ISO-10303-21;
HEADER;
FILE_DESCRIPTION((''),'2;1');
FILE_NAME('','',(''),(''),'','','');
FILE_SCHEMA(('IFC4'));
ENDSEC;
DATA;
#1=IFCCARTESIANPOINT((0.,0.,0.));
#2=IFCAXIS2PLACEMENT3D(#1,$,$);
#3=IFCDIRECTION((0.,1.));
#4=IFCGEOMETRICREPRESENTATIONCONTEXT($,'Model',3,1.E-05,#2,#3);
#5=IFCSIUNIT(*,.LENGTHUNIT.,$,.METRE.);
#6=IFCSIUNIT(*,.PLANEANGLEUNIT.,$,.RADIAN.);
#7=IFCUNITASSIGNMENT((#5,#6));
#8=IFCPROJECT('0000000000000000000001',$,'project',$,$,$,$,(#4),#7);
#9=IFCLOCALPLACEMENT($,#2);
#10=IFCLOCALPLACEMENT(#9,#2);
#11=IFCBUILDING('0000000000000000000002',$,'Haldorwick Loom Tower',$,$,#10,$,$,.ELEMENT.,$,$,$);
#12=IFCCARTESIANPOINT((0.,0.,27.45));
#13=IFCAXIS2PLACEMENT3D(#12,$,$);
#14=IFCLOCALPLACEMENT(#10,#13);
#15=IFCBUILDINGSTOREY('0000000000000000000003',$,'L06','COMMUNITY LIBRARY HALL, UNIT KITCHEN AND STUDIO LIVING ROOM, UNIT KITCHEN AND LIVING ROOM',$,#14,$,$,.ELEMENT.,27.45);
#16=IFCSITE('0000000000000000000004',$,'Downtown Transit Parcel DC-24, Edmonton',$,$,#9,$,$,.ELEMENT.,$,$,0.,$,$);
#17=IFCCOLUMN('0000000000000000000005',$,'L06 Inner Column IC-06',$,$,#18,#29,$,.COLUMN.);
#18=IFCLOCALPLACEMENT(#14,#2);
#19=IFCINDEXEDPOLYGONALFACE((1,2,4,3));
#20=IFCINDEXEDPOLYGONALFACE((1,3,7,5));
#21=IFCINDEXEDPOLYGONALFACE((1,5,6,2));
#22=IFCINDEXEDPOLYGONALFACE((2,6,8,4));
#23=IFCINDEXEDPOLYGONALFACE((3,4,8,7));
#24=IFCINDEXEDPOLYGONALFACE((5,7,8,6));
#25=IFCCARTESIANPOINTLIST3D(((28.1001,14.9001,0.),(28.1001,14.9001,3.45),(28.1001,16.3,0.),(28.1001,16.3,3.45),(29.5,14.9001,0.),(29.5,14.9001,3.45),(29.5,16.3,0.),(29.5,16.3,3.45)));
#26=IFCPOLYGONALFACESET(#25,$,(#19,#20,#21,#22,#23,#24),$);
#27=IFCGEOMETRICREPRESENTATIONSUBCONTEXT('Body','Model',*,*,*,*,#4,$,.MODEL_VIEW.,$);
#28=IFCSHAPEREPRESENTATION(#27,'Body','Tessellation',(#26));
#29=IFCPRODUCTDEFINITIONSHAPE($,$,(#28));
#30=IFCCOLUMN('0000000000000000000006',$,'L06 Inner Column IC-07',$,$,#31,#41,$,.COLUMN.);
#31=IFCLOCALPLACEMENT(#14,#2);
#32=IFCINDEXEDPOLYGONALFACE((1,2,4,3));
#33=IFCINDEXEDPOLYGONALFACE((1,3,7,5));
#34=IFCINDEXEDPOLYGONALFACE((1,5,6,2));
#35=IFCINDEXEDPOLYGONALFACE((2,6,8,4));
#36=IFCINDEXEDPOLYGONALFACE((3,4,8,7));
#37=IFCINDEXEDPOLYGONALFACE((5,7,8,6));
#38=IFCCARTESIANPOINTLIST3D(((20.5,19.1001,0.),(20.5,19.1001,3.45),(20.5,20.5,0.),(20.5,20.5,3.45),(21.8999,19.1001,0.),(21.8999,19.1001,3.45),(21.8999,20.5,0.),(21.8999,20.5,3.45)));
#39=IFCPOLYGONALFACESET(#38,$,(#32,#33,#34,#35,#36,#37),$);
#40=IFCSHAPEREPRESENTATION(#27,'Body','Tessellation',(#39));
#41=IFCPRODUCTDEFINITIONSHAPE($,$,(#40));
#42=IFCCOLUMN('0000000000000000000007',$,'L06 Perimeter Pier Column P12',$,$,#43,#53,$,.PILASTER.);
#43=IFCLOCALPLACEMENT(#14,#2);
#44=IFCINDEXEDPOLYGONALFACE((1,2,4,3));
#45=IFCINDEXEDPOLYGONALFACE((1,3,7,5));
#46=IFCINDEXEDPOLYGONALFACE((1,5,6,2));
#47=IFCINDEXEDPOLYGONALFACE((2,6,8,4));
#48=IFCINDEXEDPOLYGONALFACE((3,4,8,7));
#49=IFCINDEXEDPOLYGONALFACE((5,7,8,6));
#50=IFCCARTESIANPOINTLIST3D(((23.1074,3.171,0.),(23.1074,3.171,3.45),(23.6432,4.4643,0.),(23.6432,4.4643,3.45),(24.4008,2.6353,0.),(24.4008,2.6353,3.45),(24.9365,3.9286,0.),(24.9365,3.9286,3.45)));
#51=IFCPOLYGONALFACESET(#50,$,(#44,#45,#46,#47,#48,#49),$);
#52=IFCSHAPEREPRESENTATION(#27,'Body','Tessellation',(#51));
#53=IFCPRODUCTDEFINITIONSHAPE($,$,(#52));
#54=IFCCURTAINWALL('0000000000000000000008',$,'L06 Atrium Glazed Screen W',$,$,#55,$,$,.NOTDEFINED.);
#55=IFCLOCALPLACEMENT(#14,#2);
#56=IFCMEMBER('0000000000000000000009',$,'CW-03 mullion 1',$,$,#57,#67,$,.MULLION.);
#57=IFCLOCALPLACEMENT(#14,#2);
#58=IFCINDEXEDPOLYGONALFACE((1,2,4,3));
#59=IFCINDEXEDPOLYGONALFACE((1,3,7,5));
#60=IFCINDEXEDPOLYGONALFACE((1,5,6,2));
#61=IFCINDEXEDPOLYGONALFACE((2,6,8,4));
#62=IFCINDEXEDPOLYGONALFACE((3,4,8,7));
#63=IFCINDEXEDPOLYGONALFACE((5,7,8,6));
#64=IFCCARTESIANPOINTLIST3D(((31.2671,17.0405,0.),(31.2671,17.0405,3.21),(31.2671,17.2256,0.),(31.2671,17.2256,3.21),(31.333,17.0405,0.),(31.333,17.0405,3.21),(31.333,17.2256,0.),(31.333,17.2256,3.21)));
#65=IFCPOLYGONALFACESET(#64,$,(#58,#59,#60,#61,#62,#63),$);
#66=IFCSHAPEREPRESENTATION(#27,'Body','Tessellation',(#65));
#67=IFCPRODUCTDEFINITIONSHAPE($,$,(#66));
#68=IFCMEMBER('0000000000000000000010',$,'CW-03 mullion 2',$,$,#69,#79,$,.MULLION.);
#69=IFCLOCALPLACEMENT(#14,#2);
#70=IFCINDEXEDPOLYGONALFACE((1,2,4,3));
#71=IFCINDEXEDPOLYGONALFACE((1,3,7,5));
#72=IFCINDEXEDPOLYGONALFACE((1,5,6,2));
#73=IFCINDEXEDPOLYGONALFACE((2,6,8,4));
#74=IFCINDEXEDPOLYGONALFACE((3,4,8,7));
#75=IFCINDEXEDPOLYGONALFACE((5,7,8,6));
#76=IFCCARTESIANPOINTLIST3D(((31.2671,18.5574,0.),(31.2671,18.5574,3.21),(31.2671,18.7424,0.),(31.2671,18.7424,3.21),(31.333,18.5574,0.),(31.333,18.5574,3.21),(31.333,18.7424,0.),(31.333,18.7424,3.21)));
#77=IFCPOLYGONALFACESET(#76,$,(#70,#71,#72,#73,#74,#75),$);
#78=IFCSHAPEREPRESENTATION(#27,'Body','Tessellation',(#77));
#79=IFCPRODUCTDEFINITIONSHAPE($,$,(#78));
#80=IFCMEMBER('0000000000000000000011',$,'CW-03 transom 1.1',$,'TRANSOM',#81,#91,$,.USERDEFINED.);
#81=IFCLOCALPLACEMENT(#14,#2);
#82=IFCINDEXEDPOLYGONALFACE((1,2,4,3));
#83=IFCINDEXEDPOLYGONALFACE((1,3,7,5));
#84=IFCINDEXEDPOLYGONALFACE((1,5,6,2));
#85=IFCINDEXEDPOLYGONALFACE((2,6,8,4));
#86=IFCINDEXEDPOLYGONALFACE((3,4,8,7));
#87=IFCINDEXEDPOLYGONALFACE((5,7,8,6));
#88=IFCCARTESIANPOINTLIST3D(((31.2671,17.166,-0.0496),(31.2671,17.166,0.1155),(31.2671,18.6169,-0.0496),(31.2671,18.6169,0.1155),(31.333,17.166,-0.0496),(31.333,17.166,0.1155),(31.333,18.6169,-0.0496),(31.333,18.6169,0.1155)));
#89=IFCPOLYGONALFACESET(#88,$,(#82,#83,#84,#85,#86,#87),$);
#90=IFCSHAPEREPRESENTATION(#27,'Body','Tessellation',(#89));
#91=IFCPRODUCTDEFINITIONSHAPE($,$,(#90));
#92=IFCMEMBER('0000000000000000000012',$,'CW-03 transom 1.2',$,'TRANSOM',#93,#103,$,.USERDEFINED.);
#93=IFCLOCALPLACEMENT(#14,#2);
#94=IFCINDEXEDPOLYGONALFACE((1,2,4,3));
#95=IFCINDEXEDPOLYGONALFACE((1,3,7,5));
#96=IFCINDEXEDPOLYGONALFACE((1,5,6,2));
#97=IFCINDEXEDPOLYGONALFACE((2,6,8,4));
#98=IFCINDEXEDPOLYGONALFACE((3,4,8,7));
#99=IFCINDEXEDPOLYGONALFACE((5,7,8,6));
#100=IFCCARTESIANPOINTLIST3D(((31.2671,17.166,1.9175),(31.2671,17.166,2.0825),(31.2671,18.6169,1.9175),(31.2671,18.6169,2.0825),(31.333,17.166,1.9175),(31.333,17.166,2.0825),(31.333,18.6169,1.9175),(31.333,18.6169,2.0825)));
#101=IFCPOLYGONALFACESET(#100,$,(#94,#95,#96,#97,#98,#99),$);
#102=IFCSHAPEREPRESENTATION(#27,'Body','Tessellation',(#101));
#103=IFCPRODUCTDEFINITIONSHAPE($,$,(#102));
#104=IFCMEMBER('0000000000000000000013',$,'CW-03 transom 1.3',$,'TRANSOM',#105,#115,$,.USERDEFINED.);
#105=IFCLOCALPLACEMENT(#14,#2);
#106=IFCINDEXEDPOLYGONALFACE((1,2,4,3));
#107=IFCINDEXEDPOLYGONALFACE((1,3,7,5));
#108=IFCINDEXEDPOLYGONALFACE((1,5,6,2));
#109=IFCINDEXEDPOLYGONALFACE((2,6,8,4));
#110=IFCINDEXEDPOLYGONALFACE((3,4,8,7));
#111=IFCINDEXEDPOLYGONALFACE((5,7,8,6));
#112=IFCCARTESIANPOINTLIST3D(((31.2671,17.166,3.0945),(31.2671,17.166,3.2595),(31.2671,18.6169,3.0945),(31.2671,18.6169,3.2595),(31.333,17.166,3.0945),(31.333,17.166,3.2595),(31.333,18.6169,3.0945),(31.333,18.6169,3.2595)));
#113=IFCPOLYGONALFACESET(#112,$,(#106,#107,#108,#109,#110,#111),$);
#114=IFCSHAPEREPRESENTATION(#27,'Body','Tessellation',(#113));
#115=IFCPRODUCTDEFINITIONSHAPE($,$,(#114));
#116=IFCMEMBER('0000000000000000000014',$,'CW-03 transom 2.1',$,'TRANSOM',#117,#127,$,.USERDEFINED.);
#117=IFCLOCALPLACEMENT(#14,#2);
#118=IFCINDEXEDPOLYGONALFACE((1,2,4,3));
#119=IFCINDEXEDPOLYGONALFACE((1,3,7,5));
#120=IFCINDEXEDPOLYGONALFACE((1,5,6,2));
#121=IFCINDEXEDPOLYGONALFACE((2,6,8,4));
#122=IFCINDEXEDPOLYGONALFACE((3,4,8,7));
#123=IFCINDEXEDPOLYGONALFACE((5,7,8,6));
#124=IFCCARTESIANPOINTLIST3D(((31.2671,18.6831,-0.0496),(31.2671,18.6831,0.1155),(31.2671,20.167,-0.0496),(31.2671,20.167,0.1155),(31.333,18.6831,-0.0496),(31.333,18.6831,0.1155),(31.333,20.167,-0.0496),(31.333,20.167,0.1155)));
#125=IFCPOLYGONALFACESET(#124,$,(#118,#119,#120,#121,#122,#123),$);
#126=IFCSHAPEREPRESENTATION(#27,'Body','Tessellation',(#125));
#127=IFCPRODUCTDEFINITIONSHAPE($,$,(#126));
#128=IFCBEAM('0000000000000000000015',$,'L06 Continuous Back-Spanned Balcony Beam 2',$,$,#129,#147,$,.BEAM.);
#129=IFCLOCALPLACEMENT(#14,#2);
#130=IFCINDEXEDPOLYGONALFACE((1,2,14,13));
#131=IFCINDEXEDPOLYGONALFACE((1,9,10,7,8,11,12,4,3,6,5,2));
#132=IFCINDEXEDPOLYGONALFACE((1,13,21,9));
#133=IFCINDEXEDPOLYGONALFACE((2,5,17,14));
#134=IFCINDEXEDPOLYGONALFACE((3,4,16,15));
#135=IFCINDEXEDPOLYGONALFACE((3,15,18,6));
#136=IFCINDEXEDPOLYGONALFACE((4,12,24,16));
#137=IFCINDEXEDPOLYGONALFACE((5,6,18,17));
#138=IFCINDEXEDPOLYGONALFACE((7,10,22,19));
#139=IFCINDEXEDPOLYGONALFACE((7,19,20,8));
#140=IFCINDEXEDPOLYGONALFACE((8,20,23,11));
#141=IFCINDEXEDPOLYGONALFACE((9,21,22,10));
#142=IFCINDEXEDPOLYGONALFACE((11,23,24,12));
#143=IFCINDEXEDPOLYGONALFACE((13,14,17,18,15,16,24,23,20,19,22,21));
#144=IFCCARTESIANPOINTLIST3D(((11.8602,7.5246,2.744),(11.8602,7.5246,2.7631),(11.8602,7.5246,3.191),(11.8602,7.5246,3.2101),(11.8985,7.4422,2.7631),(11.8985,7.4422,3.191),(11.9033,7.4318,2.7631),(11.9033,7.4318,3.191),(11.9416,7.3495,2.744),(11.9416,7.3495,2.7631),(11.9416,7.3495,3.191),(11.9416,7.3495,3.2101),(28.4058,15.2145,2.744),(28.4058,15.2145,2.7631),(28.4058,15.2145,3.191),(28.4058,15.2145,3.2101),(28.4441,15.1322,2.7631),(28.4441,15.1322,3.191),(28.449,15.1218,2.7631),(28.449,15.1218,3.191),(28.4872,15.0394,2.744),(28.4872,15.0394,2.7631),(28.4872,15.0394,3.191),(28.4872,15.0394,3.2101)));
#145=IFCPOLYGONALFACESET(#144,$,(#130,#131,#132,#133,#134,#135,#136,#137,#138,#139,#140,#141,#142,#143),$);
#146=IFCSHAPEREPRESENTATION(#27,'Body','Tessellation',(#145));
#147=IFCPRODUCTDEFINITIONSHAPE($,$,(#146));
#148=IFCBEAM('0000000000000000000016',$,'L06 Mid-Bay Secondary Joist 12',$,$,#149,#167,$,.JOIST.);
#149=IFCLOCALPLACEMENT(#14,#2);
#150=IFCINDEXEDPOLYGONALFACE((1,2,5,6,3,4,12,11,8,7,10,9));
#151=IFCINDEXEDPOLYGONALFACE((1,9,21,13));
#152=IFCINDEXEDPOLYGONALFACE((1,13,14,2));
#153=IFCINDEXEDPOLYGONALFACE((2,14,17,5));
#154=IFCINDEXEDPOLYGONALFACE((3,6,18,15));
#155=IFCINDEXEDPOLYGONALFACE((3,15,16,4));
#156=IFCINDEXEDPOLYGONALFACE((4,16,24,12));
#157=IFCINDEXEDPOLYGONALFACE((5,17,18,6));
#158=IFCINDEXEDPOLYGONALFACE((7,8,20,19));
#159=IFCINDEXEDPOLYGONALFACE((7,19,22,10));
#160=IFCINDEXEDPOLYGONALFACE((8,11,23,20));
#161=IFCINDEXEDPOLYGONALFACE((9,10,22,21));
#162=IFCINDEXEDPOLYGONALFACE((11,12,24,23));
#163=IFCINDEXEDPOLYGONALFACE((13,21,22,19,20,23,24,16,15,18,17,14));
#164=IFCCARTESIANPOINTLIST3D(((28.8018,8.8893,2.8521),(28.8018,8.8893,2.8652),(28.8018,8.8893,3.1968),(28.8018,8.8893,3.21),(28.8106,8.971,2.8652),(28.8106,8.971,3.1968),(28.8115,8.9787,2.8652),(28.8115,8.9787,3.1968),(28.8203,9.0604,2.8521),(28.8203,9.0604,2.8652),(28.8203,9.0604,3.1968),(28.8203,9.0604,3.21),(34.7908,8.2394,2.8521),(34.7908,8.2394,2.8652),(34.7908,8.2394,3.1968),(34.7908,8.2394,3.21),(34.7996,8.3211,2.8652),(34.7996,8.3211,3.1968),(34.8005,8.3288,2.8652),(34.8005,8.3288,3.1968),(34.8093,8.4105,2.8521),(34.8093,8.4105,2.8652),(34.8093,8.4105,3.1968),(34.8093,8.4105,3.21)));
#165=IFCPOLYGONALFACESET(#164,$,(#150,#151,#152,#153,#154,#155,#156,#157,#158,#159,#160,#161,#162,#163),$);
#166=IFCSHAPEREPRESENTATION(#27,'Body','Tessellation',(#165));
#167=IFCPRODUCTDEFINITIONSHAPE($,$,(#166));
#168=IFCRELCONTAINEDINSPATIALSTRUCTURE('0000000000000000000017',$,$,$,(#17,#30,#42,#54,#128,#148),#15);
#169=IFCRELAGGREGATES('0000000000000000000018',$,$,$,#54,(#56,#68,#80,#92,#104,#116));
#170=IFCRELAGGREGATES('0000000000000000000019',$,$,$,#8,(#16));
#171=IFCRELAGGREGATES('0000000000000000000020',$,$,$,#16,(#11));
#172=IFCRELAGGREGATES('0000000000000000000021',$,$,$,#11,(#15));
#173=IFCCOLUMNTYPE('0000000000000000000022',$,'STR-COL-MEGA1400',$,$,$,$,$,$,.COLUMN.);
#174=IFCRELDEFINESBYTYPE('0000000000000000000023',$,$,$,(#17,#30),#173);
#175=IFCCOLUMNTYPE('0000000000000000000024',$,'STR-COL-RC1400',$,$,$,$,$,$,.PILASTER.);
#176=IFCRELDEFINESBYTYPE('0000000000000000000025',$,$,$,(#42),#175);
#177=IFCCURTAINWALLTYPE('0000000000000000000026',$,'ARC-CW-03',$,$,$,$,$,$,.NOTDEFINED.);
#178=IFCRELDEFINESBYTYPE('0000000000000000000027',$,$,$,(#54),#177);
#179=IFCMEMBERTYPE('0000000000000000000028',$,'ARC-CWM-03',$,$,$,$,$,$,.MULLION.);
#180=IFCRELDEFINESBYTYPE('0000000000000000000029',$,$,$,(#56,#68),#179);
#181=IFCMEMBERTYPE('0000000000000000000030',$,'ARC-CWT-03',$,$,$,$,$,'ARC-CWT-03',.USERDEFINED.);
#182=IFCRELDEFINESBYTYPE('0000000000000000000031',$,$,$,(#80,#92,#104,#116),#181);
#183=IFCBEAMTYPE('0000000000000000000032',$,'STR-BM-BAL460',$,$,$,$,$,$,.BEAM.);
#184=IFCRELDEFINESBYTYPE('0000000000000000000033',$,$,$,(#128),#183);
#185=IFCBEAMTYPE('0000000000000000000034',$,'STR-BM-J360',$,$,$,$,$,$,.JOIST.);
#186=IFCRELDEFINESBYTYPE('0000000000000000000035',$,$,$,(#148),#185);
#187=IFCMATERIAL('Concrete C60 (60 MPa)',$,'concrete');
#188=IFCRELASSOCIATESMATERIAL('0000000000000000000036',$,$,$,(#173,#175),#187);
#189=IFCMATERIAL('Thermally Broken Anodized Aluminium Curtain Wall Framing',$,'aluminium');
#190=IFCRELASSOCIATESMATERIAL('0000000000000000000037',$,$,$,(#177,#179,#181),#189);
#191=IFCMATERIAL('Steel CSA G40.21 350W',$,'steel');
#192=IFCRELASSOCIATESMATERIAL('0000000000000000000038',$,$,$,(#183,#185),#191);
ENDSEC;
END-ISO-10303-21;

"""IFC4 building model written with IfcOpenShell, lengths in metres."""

from ifc_helpers import new_model, si_unit, direction, frame, origin, origin_2d, place, context, subcontext, project, spatial, rectangle, i_section, extrude, material, material_profile, profile_set, type_object, element, aggregate, save


model = new_model("IFC4")

# Units and contexts
model_context = context("Model", 3, precision=1e-05, world=origin(), true_north=direction((0.0, 1.0)))
body_context = subcontext(model_context, "Body", "Model", "MODEL_VIEW")
ifc_project = project(units=[si_unit("LENGTHUNIT", "METRE"), si_unit("PLANEANGLEUNIT", "RADIAN")], contexts=[model_context])

# Site, building, storey
site_placement = place(None, origin())
site = spatial("IfcSite", under=ifc_project, at=site_placement, Name="Downtown Transit Parcel DC-24, Edmonton", CompositionType="ELEMENT", RefElevation=0.0)
building_placement = place(site_placement, origin())
building = spatial("IfcBuilding", under=site, at=building_placement, Name="Haldorwick Loom Tower", CompositionType="ELEMENT")
storey_placement = place(building_placement, frame((0.0, 0.0, 27.45)))
storey = spatial("IfcBuildingStorey", under=building, at=storey_placement, Name="L06", Description="COMMUNITY LIBRARY HALL, UNIT KITCHEN AND STUDIO LIVING ROOM, UNIT KITCHEN AND LIVING ROOM", CompositionType="ELEMENT", Elevation=27.45)

# Columns
ifc_material_1 = material(Name="Concrete C60 (60 MPa)", Category="concrete")
ifc_material_profile_1 = material_profile(ifc_material_1, rectangle(XDim=1.3999, YDim=1.3999, at=origin_2d()), Name="RC1400X1400", Category="concrete")
ifc_profile_set_1 = profile_set([ifc_material_profile_1], Name="Concrete C60 (60 MPa)")
column_type_1 = type_object("IfcColumnType", Name="STR-COL-MEGA1400", PredefinedType="COLUMN", material=ifc_profile_set_1)
for number, where, z_axis, x_axis, name in (
    (1, (28.8, 15.6001, 0.0), (0.0, 0.0, 1.0), (1.0, 0.0, 0.0), "L06 Inner Column IC-06"),
    (2, (21.2, 19.8, 0.0), (0.0, 0.0, 1.0), (1.0, 0.0, 0.0), "L06 Inner Column IC-07"),
):
    element("IfcColumn", number, at=place(storey_placement, frame(where, z_axis=z_axis, x_axis=x_axis)), inside=storey, type_object=column_type_1, Name=name, PredefinedType="COLUMN", context=body_context, shape_type="SweptSolid", body=[
        extrude(rectangle(XDim=1.3999, YDim=1.3999, at=origin_2d()), origin(), (0.0, 0.0, 1.0), 3.45),
    ])
ifc_material_profile_2 = material_profile(ifc_material_1, rectangle(XDim=1.3999, YDim=1.3999, at=origin_2d()), Name="RC1400X1400", Category="concrete")
ifc_profile_set_2 = profile_set([ifc_material_profile_2], Name="Concrete C60 (60 MPa)")
column_type_2 = type_object("IfcColumnType", Name="STR-COL-RC1400", PredefinedType="PILASTER", material=ifc_profile_set_2)
column_placement = place(storey_placement, frame((24.022, 3.5498, 0.0), z_axis=(0.0, 0.0, 1.0), x_axis=(-0.382683, -0.92388, 0.0)))
element("IfcColumn", 3, at=column_placement, inside=storey, type_object=column_type_2, Name="L06 Perimeter Pier Column P12", PredefinedType="PILASTER", context=body_context, shape_type="SweptSolid", body=[
    extrude(rectangle(XDim=1.3999, YDim=1.3999, at=origin_2d()), origin(), (0.0, 0.0, 1.0), 3.45),
])

# Curtain wall, members
ifc_material_2 = material(Name="Thermally Broken Anodized Aluminium Curtain Wall Framing", Category="aluminium")
curtain_wall_type = type_object("IfcCurtainWallType", Name="ARC-CW-03", PredefinedType="NOTDEFINED", material=ifc_material_2)
curtain_wall_placement = place(storey_placement, origin())
curtain_wall = element("IfcCurtainWall", 4, at=curtain_wall_placement, inside=storey, type_object=curtain_wall_type, Name="L06 Atrium Glazed Screen W", PredefinedType="NOTDEFINED")
ifc_material_profile_3 = material_profile(ifc_material_2, rectangle(XDim=0.0659, YDim=0.1851, at=origin_2d()), Name="ALU_MUL_66X185", Category="aluminium")
ifc_profile_set_3 = profile_set([ifc_material_profile_3], Name="Thermally Broken Anodized Aluminium Curtain Wall Framing")
member_type_1 = type_object("IfcMemberType", Name="ARC-CWM-03", PredefinedType="MULLION", material=ifc_profile_set_3)
member_1_placement = place(storey_placement, frame((31.3, 17.1331, 0.0), z_axis=(0.0, 0.0, 1.0), x_axis=(-1.0, 0.0, 0.0)))
member_1 = element("IfcMember", 5, at=member_1_placement, type_object=member_type_1, Name="CW-03 mullion 1", PredefinedType="MULLION", context=body_context, shape_type="SweptSolid", body=[
    extrude(rectangle(XDim=0.0659, YDim=0.1851, at=origin_2d()), origin(), (0.0, 0.0, 1.0), 3.21),
])
member_2_placement = place(storey_placement, frame((31.3, 18.6499, 0.0), z_axis=(0.0, 0.0, 1.0), x_axis=(-1.0, 0.0, 0.0)))
member_2 = element("IfcMember", 6, at=member_2_placement, type_object=member_type_1, Name="CW-03 mullion 2", PredefinedType="MULLION", context=body_context, shape_type="SweptSolid", body=[
    extrude(rectangle(XDim=0.0659, YDim=0.1851, at=origin_2d()), origin(), (0.0, 0.0, 1.0), 3.21),
])
ifc_material_profile_4 = material_profile(ifc_material_2, rectangle(XDim=0.0659, YDim=0.165, at=origin_2d()), Name="ALU_TRN_66X165", Category="aluminium")
ifc_profile_set_4 = profile_set([ifc_material_profile_4], Name="Thermally Broken Anodized Aluminium Curtain Wall Framing")
member_type_2 = type_object("IfcMemberType", Name="ARC-CWT-03", ElementType="ARC-CWT-03", PredefinedType="USERDEFINED", material=ifc_profile_set_4)
member_3_placement = place(storey_placement, frame((31.3, 17.166, 0.033), z_axis=(0.0, 1.0, 0.0), x_axis=(-1.0, 0.0, 0.0)))
member_3 = element("IfcMember", 7, at=member_3_placement, type_object=member_type_2, Name="CW-03 transom 1.1", ObjectType="TRANSOM", PredefinedType="USERDEFINED", context=body_context, shape_type="SweptSolid", body=[
    extrude(rectangle(XDim=0.0659, YDim=0.165, at=origin_2d()), origin(), (0.0, 0.0, 1.0), 1.4509),
])
member_4_placement = place(storey_placement, frame((31.3, 17.166, 2.0), z_axis=(0.0, 1.0, 0.0), x_axis=(-1.0, 0.0, 0.0)))
member_4 = element("IfcMember", 8, at=member_4_placement, type_object=member_type_2, Name="CW-03 transom 1.2", ObjectType="TRANSOM", PredefinedType="USERDEFINED", context=body_context, shape_type="SweptSolid", body=[
    extrude(rectangle(XDim=0.0659, YDim=0.165, at=origin_2d()), origin(), (0.0, 0.0, 1.0), 1.4509),
])
member_5_placement = place(storey_placement, frame((31.3, 17.166, 3.177), z_axis=(0.0, 1.0, 0.0), x_axis=(-1.0, 0.0, 0.0)))
member_5 = element("IfcMember", 9, at=member_5_placement, type_object=member_type_2, Name="CW-03 transom 1.3", ObjectType="TRANSOM", PredefinedType="USERDEFINED", context=body_context, shape_type="SweptSolid", body=[
    extrude(rectangle(XDim=0.0659, YDim=0.165, at=origin_2d()), origin(), (0.0, 0.0, 1.0), 1.4509),
])
member_6_placement = place(storey_placement, frame((31.3, 18.6831, 0.033), z_axis=(0.0, 1.0, 0.0), x_axis=(-1.0, 0.0, 0.0)))
member_6 = element("IfcMember", 10, at=member_6_placement, type_object=member_type_2, Name="CW-03 transom 2.1", ObjectType="TRANSOM", PredefinedType="USERDEFINED", context=body_context, shape_type="SweptSolid", body=[
    extrude(rectangle(XDim=0.0659, YDim=0.165, at=origin_2d()), origin(), (0.0, 0.0, 1.0), 1.4839),
])

# Beams
ifc_material_3 = material(Name="Steel CSA G40.21 350W", Category="steel")
ifc_material_profile_5 = material_profile(ifc_material_3, i_section(OverallWidth=0.1931, OverallDepth=0.4661, WebThickness=0.0115, FlangeThickness=0.019, at=origin_2d()), Name="W460X97", Category="steel")
ifc_profile_set_5 = profile_set([ifc_material_profile_5], Name="Steel CSA G40.21 350W")
beam_type_1 = type_object("IfcBeamType", Name="STR-BM-BAL460", PredefinedType="BEAM", material=ifc_profile_set_5)
beam_1_placement = place(storey_placement, frame((28.4465, 15.127, 2.9771), z_axis=(-0.906841, -0.421473, 0.0), x_axis=(0.421473, -0.906841, 0.0)))
element("IfcBeam", 11, at=beam_1_placement, inside=storey, type_object=beam_type_1, Name="L06 Continuous Back-Spanned Balcony Beam 2", PredefinedType="BEAM", context=body_context, shape_type="SweptSolid", body=[
    extrude(i_section(OverallWidth=0.1931, OverallDepth=0.4661, WebThickness=0.0115, FlangeThickness=0.019, at=origin_2d()), origin(), (0.0, 0.0, 1.0), 18.2454),
])
ifc_material_profile_6 = material_profile(ifc_material_3, i_section(OverallWidth=0.1721, OverallDepth=0.3579, WebThickness=0.0078, FlangeThickness=0.0132, at=origin_2d()), Name="W360X57", Category="steel")
ifc_profile_set_6 = profile_set([ifc_material_profile_6], Name="Steel CSA G40.21 350W")
beam_type_2 = type_object("IfcBeamType", Name="STR-BM-J360", PredefinedType="JOIST", material=ifc_profile_set_6)
beam_2_placement = place(storey_placement, frame((28.811, 8.9749, 3.031), z_axis=(0.994164, -0.107882, 0.0), x_axis=(0.107882, 0.994164, 0.0)))
element("IfcBeam", 12, at=beam_2_placement, inside=storey, type_object=beam_type_2, Name="L06 Mid-Bay Secondary Joist 12", PredefinedType="JOIST", context=body_context, shape_type="SweptSolid", body=[
    extrude(i_section(OverallWidth=0.1721, OverallDepth=0.3579, WebThickness=0.0078, FlangeThickness=0.0132, at=origin_2d()), origin(), (0.0, 0.0, 1.0), 6.0242),
])

aggregate(curtain_wall, [member_1, member_2, member_3, member_4, member_5, member_6])

save(model, "model.ifc")
